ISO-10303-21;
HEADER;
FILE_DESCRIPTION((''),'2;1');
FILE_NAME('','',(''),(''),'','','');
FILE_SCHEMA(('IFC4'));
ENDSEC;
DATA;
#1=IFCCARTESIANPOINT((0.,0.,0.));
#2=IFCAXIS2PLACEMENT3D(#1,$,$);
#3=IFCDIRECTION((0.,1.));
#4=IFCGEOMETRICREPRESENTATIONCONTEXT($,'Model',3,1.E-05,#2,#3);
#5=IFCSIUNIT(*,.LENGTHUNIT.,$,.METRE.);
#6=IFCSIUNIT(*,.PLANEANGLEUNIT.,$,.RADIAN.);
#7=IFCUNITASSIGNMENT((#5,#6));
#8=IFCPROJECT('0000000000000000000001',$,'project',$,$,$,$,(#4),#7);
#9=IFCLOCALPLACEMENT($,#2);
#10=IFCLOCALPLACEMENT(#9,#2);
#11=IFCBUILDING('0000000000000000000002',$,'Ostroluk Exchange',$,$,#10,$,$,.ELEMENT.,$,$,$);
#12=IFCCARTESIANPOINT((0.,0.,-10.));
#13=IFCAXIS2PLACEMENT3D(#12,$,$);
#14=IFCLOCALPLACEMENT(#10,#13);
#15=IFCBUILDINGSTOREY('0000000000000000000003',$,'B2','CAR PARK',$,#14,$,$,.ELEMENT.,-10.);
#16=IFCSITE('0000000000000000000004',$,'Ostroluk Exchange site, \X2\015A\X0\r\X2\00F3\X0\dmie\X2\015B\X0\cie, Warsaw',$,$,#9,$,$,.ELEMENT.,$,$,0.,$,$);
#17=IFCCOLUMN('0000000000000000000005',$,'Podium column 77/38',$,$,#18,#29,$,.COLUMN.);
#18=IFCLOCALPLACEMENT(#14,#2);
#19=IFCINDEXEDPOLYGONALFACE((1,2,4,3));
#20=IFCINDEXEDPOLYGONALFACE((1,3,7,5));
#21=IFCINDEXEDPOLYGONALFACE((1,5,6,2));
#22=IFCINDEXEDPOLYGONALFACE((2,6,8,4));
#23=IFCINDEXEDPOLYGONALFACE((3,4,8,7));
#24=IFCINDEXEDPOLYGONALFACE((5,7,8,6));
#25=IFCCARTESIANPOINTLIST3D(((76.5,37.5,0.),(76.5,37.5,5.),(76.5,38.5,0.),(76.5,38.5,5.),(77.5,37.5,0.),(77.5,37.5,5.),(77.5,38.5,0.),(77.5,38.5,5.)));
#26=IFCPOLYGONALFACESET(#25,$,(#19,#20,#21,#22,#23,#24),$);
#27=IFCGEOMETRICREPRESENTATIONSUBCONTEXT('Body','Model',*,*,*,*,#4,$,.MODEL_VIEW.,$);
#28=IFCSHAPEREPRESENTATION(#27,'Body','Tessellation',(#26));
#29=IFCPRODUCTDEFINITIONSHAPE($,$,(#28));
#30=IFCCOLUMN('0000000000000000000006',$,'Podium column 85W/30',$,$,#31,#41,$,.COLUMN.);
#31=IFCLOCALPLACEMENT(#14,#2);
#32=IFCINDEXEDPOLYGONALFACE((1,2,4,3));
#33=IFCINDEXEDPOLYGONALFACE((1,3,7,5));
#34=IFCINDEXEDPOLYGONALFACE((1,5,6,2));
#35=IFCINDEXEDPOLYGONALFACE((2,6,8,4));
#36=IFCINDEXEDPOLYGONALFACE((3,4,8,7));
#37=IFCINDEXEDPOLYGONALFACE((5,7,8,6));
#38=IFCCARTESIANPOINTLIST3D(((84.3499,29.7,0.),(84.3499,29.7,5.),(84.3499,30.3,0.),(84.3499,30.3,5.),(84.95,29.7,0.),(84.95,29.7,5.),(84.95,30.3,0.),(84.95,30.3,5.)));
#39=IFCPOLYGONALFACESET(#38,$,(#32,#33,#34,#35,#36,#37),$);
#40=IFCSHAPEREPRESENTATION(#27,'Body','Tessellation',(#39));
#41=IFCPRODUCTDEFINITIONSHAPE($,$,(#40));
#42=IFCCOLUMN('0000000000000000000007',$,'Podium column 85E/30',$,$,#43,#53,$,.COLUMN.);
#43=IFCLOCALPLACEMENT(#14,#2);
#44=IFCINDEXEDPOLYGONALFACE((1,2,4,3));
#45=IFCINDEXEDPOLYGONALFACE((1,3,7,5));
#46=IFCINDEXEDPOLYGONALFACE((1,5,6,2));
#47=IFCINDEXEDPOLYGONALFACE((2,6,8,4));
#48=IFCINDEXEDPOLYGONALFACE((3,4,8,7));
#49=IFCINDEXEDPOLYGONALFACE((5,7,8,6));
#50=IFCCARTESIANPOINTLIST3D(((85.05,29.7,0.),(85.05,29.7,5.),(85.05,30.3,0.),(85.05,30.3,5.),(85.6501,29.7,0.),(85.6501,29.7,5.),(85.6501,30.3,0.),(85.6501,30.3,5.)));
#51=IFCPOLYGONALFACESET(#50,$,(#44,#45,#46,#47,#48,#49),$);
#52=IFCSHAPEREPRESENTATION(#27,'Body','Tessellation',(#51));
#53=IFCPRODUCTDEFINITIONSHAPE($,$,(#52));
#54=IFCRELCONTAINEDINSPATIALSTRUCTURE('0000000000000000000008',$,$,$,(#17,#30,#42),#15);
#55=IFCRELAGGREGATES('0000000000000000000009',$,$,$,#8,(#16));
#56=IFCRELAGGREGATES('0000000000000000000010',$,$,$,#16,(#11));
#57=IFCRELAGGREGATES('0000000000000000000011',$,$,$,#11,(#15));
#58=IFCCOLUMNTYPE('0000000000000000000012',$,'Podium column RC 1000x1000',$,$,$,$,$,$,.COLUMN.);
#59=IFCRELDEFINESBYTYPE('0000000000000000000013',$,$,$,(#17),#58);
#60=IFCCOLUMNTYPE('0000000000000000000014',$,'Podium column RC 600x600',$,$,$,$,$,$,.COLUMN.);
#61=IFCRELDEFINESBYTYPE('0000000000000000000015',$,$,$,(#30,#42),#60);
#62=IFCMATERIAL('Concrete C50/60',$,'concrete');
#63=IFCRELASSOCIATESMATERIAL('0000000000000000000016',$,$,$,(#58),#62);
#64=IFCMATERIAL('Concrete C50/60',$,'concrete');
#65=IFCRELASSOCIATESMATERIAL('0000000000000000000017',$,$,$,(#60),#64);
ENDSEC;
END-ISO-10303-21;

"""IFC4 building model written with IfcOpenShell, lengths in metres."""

from ifc_helpers import new_model, si_unit, direction, frame, origin, origin_2d, place, context, subcontext, project, spatial, rectangle, extrude, material, material_profile, profile_set, type_object, element, save


model = new_model("IFC4")

# Units and contexts
model_context = context("Model", 3, precision=1e-05, world=origin(), true_north=direction((0.0, 1.0)))
body_context = subcontext(model_context, "Body", "Model", "MODEL_VIEW")
ifc_project = project(units=[si_unit("LENGTHUNIT", "METRE"), si_unit("PLANEANGLEUNIT", "RADIAN")], contexts=[model_context])

# Site, building, storey
site_placement = place(None, origin())
site = spatial("IfcSite", under=ifc_project, at=site_placement, Name="Ostroluk Exchange site, Śródmieście, Warsaw", CompositionType="ELEMENT", RefElevation=0.0)
building_placement = place(site_placement, origin())
building = spatial("IfcBuilding", under=site, at=building_placement, Name="Ostroluk Exchange", CompositionType="ELEMENT")
storey_placement = place(building_placement, frame((0.0, 0.0, -10.0)))
storey = spatial("IfcBuildingStorey", under=building, at=storey_placement, Name="B2", Description="CAR PARK", CompositionType="ELEMENT", Elevation=-10.0)

# Columns
ifc_material_1 = material(Name="Concrete C50/60", Category="concrete")
ifc_material_profile_1 = material_profile(ifc_material_1, rectangle(XDim=1.0, YDim=1.0, at=origin_2d()), Name="RC 1000x1000")
ifc_profile_set_1 = profile_set([ifc_material_profile_1], Name="Concrete C50/60")
column_type_1 = type_object("IfcColumnType", Name="Podium column RC 1000x1000", PredefinedType="COLUMN", material=ifc_profile_set_1)
for number, where, z_axis, x_axis, name in (
    (1, (77.0, 38.0, 0.0), (0.0, 0.0, 1.0), (1.0, 0.0, 0.0), "Podium column 77/38"),
):
    element("IfcColumn", number, at=place(storey_placement, frame(where, z_axis=z_axis, x_axis=x_axis)), inside=storey, type_object=column_type_1, Name=name, PredefinedType="COLUMN", context=body_context, shape_type="SweptSolid", body=[
        extrude(rectangle(XDim=1.0, YDim=1.0, at=origin_2d()), origin(), (0.0, 0.0, 1.0), 5.0),
    ])
ifc_material_2 = material(Name="Concrete C50/60", Category="concrete")
ifc_material_profile_2 = material_profile(ifc_material_2, rectangle(XDim=0.6001, YDim=0.6001, at=origin_2d()), Name="RC 600x600")
ifc_profile_set_2 = profile_set([ifc_material_profile_2], Name="Concrete C50/60")
column_type_2 = type_object("IfcColumnType", Name="Podium column RC 600x600", PredefinedType="COLUMN", material=ifc_profile_set_2)
for number, where, z_axis, x_axis, name in (
    (2, (84.6499, 30.0, 0.0), (0.0, 0.0, 1.0), (1.0, 0.0, 0.0), "Podium column 85W/30"),
    (3, (85.3501, 30.0, 0.0), (0.0, 0.0, 1.0), (1.0, 0.0, 0.0), "Podium column 85E/30"),
):
    element("IfcColumn", number, at=place(storey_placement, frame(where, z_axis=z_axis, x_axis=x_axis)), inside=storey, type_object=column_type_2, Name=name, PredefinedType="COLUMN", context=body_context, shape_type="SweptSolid", body=[
        extrude(rectangle(XDim=0.6001, YDim=0.6001, at=origin_2d()), origin(), (0.0, 0.0, 1.0), 5.0),
    ])

save(model, "model.ifc")
